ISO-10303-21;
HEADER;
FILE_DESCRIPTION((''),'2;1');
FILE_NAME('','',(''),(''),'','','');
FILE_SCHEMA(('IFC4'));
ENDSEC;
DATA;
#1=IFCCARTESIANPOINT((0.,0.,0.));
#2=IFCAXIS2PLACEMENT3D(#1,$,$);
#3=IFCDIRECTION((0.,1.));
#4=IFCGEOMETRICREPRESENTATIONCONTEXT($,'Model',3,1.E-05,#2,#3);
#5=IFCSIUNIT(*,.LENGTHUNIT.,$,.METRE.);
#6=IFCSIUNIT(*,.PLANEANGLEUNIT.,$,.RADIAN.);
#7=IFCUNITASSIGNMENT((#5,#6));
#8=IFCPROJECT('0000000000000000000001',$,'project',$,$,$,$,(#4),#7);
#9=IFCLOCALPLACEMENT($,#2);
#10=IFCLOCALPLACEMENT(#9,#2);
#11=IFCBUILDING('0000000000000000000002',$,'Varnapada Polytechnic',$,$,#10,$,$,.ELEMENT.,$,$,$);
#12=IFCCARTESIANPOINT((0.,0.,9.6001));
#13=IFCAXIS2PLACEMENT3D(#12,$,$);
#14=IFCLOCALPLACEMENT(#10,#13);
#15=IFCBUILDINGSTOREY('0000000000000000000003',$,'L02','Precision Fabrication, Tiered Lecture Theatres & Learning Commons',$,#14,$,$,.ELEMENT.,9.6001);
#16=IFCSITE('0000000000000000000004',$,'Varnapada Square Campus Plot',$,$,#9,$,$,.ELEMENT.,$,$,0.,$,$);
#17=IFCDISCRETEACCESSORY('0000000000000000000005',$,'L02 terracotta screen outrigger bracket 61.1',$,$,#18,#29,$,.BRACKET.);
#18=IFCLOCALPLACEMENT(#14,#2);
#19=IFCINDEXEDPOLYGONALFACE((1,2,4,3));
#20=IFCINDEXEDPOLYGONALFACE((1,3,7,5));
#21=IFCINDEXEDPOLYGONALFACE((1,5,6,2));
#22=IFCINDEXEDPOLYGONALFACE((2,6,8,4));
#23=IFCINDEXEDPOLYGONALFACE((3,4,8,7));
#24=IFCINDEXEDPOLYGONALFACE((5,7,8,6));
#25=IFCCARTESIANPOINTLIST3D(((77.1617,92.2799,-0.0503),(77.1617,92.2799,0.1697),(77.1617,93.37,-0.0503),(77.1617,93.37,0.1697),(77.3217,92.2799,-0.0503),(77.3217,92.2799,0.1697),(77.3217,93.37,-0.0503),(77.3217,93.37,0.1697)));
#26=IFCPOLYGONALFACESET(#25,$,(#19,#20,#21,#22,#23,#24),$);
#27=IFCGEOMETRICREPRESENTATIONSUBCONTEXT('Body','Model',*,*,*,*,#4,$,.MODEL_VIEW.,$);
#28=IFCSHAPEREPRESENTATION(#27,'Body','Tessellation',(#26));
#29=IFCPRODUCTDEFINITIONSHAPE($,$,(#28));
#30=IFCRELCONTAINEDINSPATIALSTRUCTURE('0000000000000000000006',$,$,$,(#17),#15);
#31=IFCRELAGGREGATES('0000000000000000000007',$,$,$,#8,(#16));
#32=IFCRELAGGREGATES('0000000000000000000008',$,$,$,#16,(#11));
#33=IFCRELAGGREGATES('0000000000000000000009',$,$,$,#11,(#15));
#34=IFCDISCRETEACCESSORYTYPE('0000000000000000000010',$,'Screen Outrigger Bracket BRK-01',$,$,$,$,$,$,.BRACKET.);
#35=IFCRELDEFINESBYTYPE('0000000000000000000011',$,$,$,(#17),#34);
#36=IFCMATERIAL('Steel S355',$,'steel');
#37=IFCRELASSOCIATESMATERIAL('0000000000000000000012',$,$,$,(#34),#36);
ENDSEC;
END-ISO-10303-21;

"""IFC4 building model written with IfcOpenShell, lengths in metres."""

from ifc_helpers import new_model, si_unit, direction, frame, origin, origin_2d, place, context, subcontext, project, spatial, rectangle, extrude, material, type_object, element, save


model = new_model("IFC4")

# Units and contexts
model_context = context("Model", 3, precision=1e-05, world=origin(), true_north=direction((0.0, 1.0)))
body_context = subcontext(model_context, "Body", "Model", "MODEL_VIEW")
ifc_project = project(units=[si_unit("LENGTHUNIT", "METRE"), si_unit("PLANEANGLEUNIT", "RADIAN")], contexts=[model_context])

# Site, building, storey
site_placement = place(None, origin())
site = spatial("IfcSite", under=ifc_project, at=site_placement, Name="Varnapada Square Campus Plot", CompositionType="ELEMENT", RefElevation=0.0)
building_placement = place(site_placement, origin())
building = spatial("IfcBuilding", under=site, at=building_placement, Name="Varnapada Polytechnic", CompositionType="ELEMENT")
storey_placement = place(building_placement, frame((0.0, 0.0, 9.6001)))
storey = spatial("IfcBuildingStorey", under=building, at=storey_placement, Name="L02", Description="Precision Fabrication, Tiered Lecture Theatres & Learning Commons", CompositionType="ELEMENT", Elevation=9.6001)

# Discrete accessory
ifc_material_1 = material(Name="Steel S355", Category="steel")
discrete_accessory_type = type_object("IfcDiscreteAccessoryType", Name="Screen Outrigger Bracket BRK-01", PredefinedType="BRACKET", material=ifc_material_1)
for number, where, z_axis, x_axis, name in (
    (1, (77.2417, 92.825, -0.0503), (0.0, 0.0, 1.0), (1.0, 0.0, 0.0), "L02 terracotta screen outrigger bracket 61.1"),
):
    element("IfcDiscreteAccessory", number, at=place(storey_placement, frame(where, z_axis=z_axis, x_axis=x_axis)), inside=storey, type_object=discrete_accessory_type, Name=name, PredefinedType="BRACKET", context=body_context, shape_type="SweptSolid", body=[
        extrude(rectangle(XDim=0.1599, YDim=1.0901, at=origin_2d()), origin(), (0.0, 0.0, 1.0), 0.22),
    ])

save(model, "model.ifc")
